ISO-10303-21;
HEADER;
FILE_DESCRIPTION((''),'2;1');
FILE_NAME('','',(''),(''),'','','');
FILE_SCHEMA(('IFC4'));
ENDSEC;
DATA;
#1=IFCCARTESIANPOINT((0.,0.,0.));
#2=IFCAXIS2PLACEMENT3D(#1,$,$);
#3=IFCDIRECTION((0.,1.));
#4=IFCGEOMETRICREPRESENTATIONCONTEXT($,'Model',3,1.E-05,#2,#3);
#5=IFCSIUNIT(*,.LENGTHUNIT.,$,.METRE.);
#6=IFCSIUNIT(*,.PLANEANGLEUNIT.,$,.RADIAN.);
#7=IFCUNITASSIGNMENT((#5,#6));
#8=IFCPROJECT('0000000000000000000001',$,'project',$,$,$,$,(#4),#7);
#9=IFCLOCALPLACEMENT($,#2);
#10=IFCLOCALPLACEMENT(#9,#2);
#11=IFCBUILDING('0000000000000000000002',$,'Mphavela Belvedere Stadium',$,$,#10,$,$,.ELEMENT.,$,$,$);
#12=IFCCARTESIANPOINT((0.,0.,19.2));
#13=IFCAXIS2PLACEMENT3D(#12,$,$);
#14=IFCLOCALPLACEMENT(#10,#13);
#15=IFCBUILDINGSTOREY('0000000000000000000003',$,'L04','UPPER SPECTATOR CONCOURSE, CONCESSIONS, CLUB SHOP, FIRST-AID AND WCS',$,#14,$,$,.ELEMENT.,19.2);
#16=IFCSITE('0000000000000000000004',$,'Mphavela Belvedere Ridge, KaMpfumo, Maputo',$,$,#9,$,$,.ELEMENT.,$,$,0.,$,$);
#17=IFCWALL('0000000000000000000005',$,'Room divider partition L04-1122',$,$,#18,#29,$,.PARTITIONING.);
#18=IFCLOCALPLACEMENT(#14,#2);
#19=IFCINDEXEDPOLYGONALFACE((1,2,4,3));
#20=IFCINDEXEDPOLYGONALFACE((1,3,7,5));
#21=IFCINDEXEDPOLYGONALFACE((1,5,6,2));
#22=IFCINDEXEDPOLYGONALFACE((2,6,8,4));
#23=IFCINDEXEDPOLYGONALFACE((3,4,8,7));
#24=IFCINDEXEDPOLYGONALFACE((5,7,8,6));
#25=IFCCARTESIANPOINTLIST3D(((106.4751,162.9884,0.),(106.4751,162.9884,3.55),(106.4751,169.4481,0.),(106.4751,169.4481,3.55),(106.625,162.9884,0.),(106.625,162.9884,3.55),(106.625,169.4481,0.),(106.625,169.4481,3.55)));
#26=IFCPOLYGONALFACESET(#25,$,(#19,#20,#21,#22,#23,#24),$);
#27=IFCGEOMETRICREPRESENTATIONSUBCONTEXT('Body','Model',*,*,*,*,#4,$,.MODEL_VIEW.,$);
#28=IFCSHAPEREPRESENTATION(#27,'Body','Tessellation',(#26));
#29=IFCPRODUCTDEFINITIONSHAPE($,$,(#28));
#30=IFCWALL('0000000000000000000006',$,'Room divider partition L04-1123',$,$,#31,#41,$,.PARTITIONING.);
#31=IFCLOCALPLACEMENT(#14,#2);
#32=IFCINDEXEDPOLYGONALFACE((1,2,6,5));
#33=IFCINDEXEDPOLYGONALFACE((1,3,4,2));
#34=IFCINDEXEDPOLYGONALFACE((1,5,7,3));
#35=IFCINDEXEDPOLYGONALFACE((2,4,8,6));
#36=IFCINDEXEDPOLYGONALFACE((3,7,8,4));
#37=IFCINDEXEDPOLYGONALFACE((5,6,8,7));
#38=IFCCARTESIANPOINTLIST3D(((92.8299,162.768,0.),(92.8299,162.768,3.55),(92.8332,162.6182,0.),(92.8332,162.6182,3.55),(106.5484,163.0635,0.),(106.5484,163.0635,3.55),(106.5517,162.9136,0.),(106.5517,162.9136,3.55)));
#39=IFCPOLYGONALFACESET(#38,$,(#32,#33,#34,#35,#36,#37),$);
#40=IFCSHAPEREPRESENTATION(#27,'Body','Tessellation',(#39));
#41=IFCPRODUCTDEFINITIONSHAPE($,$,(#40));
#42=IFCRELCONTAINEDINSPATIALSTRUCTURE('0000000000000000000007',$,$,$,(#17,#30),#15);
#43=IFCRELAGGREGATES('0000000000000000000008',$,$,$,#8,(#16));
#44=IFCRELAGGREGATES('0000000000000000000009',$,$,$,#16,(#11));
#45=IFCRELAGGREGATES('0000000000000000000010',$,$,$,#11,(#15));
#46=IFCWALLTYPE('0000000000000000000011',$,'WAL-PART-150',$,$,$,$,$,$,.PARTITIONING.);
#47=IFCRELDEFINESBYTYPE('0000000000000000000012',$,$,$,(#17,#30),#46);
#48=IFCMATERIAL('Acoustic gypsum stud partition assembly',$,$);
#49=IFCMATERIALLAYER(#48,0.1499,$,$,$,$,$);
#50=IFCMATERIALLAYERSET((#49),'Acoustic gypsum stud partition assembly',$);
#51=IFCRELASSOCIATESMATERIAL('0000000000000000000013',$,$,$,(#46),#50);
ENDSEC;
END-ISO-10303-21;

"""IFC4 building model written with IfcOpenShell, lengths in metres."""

from ifc_helpers import new_model, si_unit, direction, frame, frame_2d, origin, place, context, subcontext, project, spatial, rectangle, extrude, material, layer, layer_set, type_object, element, save


model = new_model("IFC4")

# Units and contexts
model_context = context("Model", 3, precision=1e-05, world=origin(), true_north=direction((0.0, 1.0)))
body_context = subcontext(model_context, "Body", "Model", "MODEL_VIEW")
ifc_project = project(units=[si_unit("LENGTHUNIT", "METRE"), si_unit("PLANEANGLEUNIT", "RADIAN")], contexts=[model_context])

# Site, building, storey
site_placement = place(None, origin())
site = spatial("IfcSite", under=ifc_project, at=site_placement, Name="Mphavela Belvedere Ridge, KaMpfumo, Maputo", CompositionType="ELEMENT", RefElevation=0.0)
building_placement = place(site_placement, origin())
building = spatial("IfcBuilding", under=site, at=building_placement, Name="Mphavela Belvedere Stadium", CompositionType="ELEMENT")
storey_placement = place(building_placement, frame((0.0, 0.0, 19.2)))
storey = spatial("IfcBuildingStorey", under=building, at=storey_placement, Name="L04", Description="UPPER SPECTATOR CONCOURSE, CONCESSIONS, CLUB SHOP, FIRST-AID AND WCS", CompositionType="ELEMENT", Elevation=19.2)

# Walls
ifc_material_1 = material(Name="Acoustic gypsum stud partition assembly")
ifc_layer_1 = layer(ifc_material_1, 0.1499)
ifc_layer_set_1 = layer_set([ifc_layer_1], Name="Acoustic gypsum stud partition assembly")
wall_type = type_object("IfcWallType", Name="WAL-PART-150", PredefinedType="PARTITIONING", material=ifc_layer_set_1)
wall_1_placement = place(storey_placement, frame((106.55, 169.4482, 0.0), z_axis=(0.0, 0.0, 1.0), x_axis=(0.0, -1.0, 0.0)))
element("IfcWall", 1, at=wall_1_placement, inside=storey, type_object=wall_type, Name="Room divider partition L04-1122", PredefinedType="PARTITIONING", context=body_context, shape_type="SweptSolid", body=[
    extrude(rectangle(XDim=6.4597, YDim=0.1499, at=frame_2d((3.23, 0.0))), origin(), (0.0, 0.0, 1.0), 3.55),
])
wall_2_placement = place(storey_placement, frame((106.55, 162.9885, 0.0), z_axis=(0.0, 0.0, 1.0), x_axis=(-0.999768, -0.021529, 0.0)))
element("IfcWall", 2, at=wall_2_placement, inside=storey, type_object=wall_type, Name="Room divider partition L04-1123", PredefinedType="PARTITIONING", context=body_context, shape_type="SweptSolid", body=[
    extrude(rectangle(XDim=13.7217, YDim=0.1499, at=frame_2d((6.8608, 0.0))), origin(), (0.0, 0.0, 1.0), 3.55),
])

save(model, "model.ifc")
